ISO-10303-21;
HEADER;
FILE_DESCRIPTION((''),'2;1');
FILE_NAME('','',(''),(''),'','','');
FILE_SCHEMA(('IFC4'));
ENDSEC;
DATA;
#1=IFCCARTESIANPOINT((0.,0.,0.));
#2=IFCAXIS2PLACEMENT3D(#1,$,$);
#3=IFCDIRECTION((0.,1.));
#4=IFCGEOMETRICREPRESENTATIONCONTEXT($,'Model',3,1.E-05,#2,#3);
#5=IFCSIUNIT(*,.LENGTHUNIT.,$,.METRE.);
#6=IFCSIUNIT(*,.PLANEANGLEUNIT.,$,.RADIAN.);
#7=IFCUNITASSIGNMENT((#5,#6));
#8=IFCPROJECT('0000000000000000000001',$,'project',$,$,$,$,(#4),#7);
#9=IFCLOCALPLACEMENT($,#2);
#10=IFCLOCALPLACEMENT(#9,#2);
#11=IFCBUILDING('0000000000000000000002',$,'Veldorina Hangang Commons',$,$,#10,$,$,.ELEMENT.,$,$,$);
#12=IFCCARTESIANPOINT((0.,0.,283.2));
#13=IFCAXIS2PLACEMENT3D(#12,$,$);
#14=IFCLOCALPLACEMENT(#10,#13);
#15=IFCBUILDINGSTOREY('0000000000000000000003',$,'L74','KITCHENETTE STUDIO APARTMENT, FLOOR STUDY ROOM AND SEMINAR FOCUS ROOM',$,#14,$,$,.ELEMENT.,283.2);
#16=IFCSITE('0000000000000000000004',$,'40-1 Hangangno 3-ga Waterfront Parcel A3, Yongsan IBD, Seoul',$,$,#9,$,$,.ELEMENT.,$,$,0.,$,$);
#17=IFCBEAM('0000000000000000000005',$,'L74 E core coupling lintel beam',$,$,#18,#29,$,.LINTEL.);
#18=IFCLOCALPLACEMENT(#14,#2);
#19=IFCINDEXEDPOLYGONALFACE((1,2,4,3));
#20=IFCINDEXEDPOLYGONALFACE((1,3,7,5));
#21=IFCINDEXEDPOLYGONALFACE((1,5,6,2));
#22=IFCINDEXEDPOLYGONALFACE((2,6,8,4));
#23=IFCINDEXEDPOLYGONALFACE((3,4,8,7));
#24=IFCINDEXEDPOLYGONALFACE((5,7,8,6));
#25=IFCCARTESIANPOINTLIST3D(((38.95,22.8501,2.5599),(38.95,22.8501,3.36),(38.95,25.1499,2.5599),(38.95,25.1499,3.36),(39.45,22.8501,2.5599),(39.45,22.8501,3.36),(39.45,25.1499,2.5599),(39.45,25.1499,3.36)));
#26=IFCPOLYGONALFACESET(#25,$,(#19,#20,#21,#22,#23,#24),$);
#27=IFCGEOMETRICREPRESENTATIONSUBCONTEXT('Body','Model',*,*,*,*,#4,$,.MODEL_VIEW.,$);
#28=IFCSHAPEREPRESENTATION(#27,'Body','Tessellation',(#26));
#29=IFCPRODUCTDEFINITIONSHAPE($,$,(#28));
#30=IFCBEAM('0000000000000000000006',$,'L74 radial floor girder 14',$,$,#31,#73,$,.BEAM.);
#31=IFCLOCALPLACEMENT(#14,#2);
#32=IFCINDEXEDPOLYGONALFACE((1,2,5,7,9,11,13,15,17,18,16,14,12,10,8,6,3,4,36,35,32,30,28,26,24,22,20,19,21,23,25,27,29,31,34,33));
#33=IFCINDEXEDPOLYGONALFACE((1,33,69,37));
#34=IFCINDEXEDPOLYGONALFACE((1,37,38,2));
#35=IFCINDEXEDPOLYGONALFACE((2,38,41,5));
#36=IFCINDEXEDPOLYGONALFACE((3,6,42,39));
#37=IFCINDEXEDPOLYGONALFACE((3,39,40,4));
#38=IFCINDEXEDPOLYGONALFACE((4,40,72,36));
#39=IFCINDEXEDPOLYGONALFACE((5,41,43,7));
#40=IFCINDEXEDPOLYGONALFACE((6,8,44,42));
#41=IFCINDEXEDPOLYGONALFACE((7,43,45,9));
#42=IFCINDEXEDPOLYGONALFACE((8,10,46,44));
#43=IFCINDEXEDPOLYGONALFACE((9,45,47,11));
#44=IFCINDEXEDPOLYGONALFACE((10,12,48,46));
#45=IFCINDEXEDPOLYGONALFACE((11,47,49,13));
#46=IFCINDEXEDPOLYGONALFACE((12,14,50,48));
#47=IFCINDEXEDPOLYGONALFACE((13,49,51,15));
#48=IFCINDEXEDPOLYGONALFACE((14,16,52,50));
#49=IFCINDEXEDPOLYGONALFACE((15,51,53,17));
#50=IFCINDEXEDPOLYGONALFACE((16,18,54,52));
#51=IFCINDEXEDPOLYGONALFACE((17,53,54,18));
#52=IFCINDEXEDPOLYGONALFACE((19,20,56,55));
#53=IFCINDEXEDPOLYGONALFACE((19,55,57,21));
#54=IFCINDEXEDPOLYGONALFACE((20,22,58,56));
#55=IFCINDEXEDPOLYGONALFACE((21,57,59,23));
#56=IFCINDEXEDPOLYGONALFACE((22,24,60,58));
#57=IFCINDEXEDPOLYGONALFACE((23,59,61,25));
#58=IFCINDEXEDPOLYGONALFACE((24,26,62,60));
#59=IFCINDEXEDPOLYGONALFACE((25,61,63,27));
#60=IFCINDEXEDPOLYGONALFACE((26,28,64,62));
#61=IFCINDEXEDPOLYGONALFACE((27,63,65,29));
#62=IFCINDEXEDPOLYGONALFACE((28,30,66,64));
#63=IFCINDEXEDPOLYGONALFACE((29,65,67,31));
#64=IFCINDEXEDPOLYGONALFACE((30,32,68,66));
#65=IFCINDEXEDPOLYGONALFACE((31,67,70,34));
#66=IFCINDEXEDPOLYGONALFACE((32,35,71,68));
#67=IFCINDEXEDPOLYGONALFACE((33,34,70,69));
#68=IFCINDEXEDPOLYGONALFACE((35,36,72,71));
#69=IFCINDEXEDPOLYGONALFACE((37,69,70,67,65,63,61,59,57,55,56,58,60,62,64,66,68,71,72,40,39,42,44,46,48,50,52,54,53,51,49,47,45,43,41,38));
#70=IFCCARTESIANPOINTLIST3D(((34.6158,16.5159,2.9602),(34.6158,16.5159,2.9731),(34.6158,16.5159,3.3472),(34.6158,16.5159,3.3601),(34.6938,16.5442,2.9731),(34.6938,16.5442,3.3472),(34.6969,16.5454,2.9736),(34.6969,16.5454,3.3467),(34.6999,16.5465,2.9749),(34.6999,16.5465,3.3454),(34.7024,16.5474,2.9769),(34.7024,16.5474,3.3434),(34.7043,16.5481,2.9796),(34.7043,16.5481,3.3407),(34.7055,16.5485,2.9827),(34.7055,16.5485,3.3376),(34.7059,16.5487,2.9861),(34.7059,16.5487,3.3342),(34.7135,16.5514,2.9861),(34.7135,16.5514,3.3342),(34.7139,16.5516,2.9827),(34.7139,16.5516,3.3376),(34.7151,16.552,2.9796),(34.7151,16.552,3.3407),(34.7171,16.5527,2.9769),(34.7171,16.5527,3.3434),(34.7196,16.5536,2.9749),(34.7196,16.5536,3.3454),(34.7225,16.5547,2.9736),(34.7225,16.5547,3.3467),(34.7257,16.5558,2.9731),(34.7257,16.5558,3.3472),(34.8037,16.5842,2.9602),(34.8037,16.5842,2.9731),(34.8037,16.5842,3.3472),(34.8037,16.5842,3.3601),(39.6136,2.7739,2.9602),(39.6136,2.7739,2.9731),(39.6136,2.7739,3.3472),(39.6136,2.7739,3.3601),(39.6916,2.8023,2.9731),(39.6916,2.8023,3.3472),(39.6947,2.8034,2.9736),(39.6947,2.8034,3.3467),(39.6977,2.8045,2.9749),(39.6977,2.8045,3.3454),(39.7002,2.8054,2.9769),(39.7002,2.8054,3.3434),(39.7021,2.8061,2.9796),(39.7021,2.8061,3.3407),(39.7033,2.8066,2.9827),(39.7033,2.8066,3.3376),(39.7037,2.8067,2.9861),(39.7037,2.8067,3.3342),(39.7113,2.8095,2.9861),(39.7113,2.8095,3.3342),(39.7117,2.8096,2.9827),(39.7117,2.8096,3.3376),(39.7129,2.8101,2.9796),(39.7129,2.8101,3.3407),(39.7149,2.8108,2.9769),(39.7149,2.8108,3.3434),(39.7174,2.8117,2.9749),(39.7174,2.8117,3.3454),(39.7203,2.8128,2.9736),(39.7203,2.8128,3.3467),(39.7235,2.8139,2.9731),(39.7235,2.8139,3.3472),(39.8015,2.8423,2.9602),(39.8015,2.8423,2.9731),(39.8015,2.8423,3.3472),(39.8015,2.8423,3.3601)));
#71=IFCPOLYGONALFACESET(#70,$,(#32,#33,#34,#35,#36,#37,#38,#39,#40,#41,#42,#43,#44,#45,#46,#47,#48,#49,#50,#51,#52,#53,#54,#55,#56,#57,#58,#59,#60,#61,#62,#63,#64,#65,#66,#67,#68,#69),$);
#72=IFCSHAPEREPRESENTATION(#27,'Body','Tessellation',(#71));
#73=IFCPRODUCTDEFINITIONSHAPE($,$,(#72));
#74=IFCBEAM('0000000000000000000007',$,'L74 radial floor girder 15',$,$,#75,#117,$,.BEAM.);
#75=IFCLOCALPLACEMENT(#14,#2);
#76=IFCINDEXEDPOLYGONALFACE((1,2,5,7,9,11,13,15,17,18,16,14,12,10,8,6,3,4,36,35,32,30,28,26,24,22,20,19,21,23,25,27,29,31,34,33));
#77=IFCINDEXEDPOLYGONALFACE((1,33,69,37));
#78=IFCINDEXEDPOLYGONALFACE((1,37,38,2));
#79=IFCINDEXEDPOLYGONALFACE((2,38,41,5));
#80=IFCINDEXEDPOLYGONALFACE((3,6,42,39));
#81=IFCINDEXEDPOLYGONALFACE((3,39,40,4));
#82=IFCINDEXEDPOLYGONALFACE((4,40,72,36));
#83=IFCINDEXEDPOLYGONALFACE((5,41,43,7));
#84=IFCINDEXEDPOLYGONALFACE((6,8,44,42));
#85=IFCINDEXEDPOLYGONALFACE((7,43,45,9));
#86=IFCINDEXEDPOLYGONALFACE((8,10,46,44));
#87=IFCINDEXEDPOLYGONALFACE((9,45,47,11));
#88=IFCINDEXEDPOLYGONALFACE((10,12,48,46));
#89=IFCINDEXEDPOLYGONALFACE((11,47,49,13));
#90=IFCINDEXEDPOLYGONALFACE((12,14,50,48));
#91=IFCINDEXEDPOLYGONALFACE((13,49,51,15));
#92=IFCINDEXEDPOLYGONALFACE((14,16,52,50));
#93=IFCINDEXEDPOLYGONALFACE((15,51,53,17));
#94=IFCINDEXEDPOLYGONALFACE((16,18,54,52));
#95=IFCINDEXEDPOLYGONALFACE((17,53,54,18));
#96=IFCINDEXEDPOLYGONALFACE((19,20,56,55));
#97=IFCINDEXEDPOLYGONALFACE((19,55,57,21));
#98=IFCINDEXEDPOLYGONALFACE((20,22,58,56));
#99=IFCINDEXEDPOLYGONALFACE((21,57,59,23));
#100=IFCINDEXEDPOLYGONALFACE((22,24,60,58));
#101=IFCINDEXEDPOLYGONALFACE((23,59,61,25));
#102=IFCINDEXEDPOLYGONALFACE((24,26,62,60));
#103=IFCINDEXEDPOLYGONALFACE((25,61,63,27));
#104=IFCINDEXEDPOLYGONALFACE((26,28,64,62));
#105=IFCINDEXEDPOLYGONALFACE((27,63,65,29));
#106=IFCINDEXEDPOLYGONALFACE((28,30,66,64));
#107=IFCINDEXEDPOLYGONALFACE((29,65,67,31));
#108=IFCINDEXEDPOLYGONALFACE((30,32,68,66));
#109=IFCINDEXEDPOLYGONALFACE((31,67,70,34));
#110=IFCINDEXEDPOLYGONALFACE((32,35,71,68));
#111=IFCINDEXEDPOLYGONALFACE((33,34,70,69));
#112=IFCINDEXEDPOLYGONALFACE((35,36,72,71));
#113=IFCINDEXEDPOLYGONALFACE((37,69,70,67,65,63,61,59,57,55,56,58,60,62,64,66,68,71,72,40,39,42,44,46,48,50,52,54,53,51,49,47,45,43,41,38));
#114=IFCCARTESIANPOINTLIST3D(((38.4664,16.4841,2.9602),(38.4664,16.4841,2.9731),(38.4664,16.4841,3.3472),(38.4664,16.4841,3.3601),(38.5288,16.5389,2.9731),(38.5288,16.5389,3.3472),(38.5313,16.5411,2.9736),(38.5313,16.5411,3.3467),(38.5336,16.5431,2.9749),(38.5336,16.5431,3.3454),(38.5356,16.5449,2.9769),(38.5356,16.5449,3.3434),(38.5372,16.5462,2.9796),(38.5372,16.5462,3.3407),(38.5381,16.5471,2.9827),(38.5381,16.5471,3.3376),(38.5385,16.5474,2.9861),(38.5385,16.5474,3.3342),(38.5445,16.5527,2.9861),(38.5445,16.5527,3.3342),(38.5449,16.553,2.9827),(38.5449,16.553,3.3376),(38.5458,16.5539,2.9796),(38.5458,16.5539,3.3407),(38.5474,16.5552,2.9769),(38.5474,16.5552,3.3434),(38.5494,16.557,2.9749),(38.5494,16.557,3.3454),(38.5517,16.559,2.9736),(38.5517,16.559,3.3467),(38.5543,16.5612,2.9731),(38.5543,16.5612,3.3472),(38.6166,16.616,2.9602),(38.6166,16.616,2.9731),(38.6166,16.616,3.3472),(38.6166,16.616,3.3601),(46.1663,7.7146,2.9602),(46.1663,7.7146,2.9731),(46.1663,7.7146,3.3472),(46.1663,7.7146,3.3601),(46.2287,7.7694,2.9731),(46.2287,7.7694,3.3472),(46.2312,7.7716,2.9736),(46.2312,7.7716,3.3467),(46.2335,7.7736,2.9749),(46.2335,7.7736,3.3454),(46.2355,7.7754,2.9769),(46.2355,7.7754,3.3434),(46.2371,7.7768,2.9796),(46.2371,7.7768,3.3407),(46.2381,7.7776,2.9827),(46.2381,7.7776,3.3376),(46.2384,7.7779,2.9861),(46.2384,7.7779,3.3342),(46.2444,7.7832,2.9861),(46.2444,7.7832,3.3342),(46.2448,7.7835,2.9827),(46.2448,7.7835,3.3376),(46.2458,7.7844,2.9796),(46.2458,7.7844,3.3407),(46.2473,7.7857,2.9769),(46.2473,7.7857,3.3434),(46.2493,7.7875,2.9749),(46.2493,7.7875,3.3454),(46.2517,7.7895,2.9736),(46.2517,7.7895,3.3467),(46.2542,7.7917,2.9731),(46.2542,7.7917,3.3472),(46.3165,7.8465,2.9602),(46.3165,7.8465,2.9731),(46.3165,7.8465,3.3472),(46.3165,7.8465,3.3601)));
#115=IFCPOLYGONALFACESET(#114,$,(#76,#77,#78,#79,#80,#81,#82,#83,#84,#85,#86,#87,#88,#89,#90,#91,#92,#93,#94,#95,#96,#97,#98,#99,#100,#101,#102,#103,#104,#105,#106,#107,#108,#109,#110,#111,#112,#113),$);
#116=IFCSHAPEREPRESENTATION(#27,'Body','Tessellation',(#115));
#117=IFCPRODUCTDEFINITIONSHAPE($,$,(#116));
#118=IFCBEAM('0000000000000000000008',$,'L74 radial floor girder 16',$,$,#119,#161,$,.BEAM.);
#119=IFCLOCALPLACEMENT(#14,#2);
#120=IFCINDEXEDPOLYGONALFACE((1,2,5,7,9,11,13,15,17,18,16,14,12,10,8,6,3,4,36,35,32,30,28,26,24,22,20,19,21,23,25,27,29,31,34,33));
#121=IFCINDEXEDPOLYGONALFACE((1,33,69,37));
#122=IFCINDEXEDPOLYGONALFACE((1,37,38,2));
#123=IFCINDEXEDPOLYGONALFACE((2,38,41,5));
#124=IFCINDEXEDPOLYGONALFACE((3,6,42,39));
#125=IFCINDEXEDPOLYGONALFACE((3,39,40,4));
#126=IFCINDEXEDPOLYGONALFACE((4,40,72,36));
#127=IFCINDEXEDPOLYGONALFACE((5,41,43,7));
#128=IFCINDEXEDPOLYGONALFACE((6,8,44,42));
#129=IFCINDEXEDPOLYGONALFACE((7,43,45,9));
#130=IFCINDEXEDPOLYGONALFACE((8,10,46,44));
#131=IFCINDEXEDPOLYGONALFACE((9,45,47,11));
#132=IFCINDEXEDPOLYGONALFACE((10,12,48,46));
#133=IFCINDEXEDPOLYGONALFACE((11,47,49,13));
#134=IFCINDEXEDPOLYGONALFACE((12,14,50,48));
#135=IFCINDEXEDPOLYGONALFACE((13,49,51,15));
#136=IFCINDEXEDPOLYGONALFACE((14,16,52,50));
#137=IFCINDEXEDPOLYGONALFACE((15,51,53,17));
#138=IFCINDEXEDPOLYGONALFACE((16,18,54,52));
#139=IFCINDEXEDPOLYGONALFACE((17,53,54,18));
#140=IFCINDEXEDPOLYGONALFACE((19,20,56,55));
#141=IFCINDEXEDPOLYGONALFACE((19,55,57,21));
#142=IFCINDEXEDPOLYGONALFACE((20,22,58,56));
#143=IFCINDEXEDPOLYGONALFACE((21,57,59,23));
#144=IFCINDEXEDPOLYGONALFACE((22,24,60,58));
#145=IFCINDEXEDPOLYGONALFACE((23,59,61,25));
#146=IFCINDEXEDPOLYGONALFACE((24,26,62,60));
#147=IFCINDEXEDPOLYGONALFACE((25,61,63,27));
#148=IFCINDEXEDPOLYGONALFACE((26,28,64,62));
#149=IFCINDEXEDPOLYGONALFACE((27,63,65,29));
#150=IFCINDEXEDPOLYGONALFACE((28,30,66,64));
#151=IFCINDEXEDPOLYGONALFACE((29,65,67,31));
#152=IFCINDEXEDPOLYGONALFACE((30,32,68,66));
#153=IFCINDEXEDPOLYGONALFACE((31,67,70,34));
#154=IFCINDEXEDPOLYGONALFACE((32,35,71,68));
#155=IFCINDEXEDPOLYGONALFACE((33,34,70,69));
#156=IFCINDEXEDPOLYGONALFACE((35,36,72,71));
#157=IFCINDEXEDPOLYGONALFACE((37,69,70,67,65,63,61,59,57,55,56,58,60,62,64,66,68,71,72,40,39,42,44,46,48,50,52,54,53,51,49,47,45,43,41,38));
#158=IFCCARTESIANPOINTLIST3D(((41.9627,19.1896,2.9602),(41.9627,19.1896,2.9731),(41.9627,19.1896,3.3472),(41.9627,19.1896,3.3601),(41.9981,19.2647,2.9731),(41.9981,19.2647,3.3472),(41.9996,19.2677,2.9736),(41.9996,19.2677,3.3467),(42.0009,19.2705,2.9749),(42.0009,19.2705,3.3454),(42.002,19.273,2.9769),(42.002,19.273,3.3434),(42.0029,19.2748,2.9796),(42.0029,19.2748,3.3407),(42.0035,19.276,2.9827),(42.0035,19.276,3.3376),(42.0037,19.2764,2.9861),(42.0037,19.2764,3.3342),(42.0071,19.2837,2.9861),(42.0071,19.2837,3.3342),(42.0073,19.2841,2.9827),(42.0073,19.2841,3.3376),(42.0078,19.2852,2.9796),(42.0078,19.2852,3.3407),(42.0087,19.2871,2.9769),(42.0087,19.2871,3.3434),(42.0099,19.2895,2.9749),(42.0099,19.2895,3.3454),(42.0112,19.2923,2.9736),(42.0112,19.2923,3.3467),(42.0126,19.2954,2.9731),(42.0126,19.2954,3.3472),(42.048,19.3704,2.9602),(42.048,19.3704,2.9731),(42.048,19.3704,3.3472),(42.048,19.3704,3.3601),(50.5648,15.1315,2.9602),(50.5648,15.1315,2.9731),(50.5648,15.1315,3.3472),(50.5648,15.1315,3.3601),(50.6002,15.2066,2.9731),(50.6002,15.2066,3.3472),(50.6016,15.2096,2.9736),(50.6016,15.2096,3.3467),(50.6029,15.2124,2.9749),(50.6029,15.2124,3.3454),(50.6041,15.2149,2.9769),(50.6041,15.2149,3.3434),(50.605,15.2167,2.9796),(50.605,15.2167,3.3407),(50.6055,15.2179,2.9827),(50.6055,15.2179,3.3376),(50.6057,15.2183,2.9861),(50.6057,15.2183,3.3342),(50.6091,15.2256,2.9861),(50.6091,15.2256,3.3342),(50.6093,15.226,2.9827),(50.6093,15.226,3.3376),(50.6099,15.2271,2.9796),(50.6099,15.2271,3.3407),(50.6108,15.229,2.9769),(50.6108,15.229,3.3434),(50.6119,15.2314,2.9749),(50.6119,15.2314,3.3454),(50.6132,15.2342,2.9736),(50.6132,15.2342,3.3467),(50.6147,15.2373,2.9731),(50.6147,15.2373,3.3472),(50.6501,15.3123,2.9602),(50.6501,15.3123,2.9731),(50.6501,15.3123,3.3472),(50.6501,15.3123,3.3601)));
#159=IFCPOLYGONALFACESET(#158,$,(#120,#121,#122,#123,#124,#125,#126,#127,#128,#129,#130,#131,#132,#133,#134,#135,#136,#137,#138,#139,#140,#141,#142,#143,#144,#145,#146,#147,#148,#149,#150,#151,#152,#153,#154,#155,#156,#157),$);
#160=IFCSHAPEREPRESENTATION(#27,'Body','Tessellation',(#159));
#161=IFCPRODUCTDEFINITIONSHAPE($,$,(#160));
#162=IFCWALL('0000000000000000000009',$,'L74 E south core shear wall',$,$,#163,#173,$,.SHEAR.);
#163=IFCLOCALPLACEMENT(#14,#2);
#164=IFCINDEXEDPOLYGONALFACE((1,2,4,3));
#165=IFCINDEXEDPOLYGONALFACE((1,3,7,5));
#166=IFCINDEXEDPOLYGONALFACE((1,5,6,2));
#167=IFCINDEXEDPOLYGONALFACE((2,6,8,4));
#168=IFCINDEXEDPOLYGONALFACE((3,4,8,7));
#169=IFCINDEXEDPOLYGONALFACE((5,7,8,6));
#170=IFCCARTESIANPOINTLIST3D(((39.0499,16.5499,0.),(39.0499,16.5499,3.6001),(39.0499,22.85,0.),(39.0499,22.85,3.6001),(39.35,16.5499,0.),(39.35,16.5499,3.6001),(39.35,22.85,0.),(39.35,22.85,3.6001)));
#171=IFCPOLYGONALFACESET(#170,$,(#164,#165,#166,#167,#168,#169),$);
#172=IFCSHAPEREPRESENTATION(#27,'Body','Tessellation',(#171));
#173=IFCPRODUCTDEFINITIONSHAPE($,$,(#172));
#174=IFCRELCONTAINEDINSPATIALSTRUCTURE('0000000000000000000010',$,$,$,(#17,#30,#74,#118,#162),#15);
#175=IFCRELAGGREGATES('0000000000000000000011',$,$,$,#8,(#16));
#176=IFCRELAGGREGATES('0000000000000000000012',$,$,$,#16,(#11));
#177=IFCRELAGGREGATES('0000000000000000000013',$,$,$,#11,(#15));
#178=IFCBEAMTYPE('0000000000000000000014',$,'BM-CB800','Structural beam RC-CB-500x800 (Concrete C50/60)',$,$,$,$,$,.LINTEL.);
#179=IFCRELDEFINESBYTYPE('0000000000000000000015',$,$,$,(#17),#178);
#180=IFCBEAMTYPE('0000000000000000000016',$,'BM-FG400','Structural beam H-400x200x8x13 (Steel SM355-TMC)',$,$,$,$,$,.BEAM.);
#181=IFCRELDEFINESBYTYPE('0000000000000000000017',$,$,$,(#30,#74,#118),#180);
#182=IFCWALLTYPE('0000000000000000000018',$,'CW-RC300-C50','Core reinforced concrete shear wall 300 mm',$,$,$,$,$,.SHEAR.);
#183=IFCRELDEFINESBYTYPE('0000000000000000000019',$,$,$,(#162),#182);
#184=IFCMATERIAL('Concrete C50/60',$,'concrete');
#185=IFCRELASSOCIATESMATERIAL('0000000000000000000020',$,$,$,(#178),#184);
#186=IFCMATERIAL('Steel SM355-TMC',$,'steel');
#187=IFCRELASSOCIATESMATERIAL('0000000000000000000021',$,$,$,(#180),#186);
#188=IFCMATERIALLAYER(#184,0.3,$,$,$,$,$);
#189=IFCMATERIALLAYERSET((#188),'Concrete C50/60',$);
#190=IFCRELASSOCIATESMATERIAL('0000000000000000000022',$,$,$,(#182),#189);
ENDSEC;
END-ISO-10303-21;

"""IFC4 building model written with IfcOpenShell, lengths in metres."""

from ifc_helpers import new_model, si_unit, direction, frame, frame_2d, origin, origin_2d, place, context, subcontext, project, spatial, rectangle, i_section, extrude, material, layer, layer_set, material_profile, profile_set, type_object, element, save


model = new_model("IFC4")

# Units and contexts
model_context = context("Model", 3, precision=1e-05, world=origin(), true_north=direction((0.0, 1.0)))
body_context = subcontext(model_context, "Body", "Model", "MODEL_VIEW")
ifc_project = project(units=[si_unit("LENGTHUNIT", "METRE"), si_unit("PLANEANGLEUNIT", "RADIAN")], contexts=[model_context])

# Site, building, storey
site_placement = place(None, origin())
site = spatial("IfcSite", under=ifc_project, at=site_placement, Name="40-1 Hangangno 3-ga Waterfront Parcel A3, Yongsan IBD, Seoul", CompositionType="ELEMENT", RefElevation=0.0)
building_placement = place(site_placement, origin())
building = spatial("IfcBuilding", under=site, at=building_placement, Name="Veldorina Hangang Commons", CompositionType="ELEMENT")
storey_placement = place(building_placement, frame((0.0, 0.0, 283.2)))
storey = spatial("IfcBuildingStorey", under=building, at=storey_placement, Name="L74", Description="KITCHENETTE STUDIO APARTMENT, FLOOR STUDY ROOM AND SEMINAR FOCUS ROOM", CompositionType="ELEMENT", Elevation=283.2)

# Beams
ifc_material_1 = material(Name="Concrete C50/60", Category="concrete")
ifc_material_profile_1 = material_profile(ifc_material_1, rectangle(XDim=0.5, YDim=0.8, at=origin_2d()), Name="RC-CB-500x800")
ifc_profile_set_1 = profile_set([ifc_material_profile_1], Name="Concrete C50/60")
beam_type_1 = type_object("IfcBeamType", Name="BM-CB800", Description="Structural beam RC-CB-500x800 (Concrete C50/60)", PredefinedType="LINTEL", material=ifc_profile_set_1)
beam_1_placement = place(storey_placement, frame((39.2, 22.8501, 2.96), z_axis=(0.0, 1.0, 0.0), x_axis=(-1.0, 0.0, 0.0)))
element("IfcBeam", 1, at=beam_1_placement, inside=storey, type_object=beam_type_1, Name="L74 E core coupling lintel beam", PredefinedType="LINTEL", context=body_context, shape_type="SweptSolid", body=[
    extrude(rectangle(XDim=0.5, YDim=0.8, at=origin_2d()), origin(), (0.0, 0.0, 1.0), 2.2998),
])
ifc_material_2 = material(Name="Steel SM355-TMC", Category="steel")
ifc_material_profile_2 = material_profile(ifc_material_2, i_section(OverallWidth=0.2, OverallDepth=0.3999, WebThickness=0.0081, FlangeThickness=0.0129, FilletRadius=0.0129, at=origin_2d()), Name="H-400x200x8x13")
ifc_profile_set_2 = profile_set([ifc_material_profile_2], Name="Steel SM355-TMC")
beam_type_2 = type_object("IfcBeamType", Name="BM-FG400", Description="Structural beam H-400x200x8x13 (Steel SM355-TMC)", PredefinedType="BEAM", material=ifc_profile_set_2)
beam_2_placement = place(storey_placement, frame((34.7097, 16.55, 3.1602), z_axis=(0.341787, -0.939777, 0.0), x_axis=(0.939777, 0.341787, 0.0)))
element("IfcBeam", 2, at=beam_2_placement, inside=storey, type_object=beam_type_2, Name="L74 radial floor girder 14", PredefinedType="BEAM", context=body_context, shape_type="SweptSolid", body=[
    extrude(i_section(OverallWidth=0.2, OverallDepth=0.3999, WebThickness=0.0081, FlangeThickness=0.0129, FilletRadius=0.0129, at=origin_2d()), origin(), (0.0, 0.0, 1.0), 14.6226),
])
beam_3_placement = place(storey_placement, frame((38.5415, 16.55, 3.1602), z_axis=(0.659795, -0.751446, 0.0), x_axis=(0.751446, 0.659795, 0.0)))
element("IfcBeam", 3, at=beam_3_placement, inside=storey, type_object=beam_type_2, Name="L74 radial floor girder 15", PredefinedType="BEAM", context=body_context, shape_type="SweptSolid", body=[
    extrude(i_section(OverallWidth=0.2, OverallDepth=0.3999, WebThickness=0.0081, FlangeThickness=0.0129, FilletRadius=0.0129, at=origin_2d()), origin(), (0.0, 0.0, 1.0), 11.6702),
])
beam_4_placement = place(storey_placement, frame((42.0054, 19.28, 3.1602), z_axis=(0.90441, -0.426665, 0.0), x_axis=(0.426665, 0.90441, 0.0)))
element("IfcBeam", 4, at=beam_4_placement, inside=storey, type_object=beam_type_2, Name="L74 radial floor girder 16", PredefinedType="BEAM", context=body_context, shape_type="SweptSolid", body=[
    extrude(i_section(OverallWidth=0.2, OverallDepth=0.3999, WebThickness=0.0081, FlangeThickness=0.0129, FilletRadius=0.0129, at=origin_2d()), origin(), (0.0, 0.0, 1.0), 9.5112),
])

# Wall
ifc_layer_1 = layer(ifc_material_1, 0.3)
ifc_layer_set_1 = layer_set([ifc_layer_1], Name="Concrete C50/60")
wall_type_1 = type_object("IfcWallType", Name="CW-RC300-C50", Description="Core reinforced concrete shear wall 300 mm", PredefinedType="SHEAR", material=ifc_layer_set_1)
wall_1_placement = place(storey_placement, frame((39.2, 16.55, 0.0), z_axis=(0.0, 0.0, 1.0), x_axis=(0.0, 1.0, 0.0)))
element("IfcWall", 5, at=wall_1_placement, inside=storey, type_object=wall_type_1, Name="L74 E south core shear wall", PredefinedType="SHEAR", context=body_context, shape_type="SweptSolid", body=[
    extrude(rectangle(XDim=6.3, YDim=0.3, at=frame_2d((3.1499, 0.0))), origin(), (0.0, 0.0, 1.0), 3.6001),
])

save(model, "model.ifc")
